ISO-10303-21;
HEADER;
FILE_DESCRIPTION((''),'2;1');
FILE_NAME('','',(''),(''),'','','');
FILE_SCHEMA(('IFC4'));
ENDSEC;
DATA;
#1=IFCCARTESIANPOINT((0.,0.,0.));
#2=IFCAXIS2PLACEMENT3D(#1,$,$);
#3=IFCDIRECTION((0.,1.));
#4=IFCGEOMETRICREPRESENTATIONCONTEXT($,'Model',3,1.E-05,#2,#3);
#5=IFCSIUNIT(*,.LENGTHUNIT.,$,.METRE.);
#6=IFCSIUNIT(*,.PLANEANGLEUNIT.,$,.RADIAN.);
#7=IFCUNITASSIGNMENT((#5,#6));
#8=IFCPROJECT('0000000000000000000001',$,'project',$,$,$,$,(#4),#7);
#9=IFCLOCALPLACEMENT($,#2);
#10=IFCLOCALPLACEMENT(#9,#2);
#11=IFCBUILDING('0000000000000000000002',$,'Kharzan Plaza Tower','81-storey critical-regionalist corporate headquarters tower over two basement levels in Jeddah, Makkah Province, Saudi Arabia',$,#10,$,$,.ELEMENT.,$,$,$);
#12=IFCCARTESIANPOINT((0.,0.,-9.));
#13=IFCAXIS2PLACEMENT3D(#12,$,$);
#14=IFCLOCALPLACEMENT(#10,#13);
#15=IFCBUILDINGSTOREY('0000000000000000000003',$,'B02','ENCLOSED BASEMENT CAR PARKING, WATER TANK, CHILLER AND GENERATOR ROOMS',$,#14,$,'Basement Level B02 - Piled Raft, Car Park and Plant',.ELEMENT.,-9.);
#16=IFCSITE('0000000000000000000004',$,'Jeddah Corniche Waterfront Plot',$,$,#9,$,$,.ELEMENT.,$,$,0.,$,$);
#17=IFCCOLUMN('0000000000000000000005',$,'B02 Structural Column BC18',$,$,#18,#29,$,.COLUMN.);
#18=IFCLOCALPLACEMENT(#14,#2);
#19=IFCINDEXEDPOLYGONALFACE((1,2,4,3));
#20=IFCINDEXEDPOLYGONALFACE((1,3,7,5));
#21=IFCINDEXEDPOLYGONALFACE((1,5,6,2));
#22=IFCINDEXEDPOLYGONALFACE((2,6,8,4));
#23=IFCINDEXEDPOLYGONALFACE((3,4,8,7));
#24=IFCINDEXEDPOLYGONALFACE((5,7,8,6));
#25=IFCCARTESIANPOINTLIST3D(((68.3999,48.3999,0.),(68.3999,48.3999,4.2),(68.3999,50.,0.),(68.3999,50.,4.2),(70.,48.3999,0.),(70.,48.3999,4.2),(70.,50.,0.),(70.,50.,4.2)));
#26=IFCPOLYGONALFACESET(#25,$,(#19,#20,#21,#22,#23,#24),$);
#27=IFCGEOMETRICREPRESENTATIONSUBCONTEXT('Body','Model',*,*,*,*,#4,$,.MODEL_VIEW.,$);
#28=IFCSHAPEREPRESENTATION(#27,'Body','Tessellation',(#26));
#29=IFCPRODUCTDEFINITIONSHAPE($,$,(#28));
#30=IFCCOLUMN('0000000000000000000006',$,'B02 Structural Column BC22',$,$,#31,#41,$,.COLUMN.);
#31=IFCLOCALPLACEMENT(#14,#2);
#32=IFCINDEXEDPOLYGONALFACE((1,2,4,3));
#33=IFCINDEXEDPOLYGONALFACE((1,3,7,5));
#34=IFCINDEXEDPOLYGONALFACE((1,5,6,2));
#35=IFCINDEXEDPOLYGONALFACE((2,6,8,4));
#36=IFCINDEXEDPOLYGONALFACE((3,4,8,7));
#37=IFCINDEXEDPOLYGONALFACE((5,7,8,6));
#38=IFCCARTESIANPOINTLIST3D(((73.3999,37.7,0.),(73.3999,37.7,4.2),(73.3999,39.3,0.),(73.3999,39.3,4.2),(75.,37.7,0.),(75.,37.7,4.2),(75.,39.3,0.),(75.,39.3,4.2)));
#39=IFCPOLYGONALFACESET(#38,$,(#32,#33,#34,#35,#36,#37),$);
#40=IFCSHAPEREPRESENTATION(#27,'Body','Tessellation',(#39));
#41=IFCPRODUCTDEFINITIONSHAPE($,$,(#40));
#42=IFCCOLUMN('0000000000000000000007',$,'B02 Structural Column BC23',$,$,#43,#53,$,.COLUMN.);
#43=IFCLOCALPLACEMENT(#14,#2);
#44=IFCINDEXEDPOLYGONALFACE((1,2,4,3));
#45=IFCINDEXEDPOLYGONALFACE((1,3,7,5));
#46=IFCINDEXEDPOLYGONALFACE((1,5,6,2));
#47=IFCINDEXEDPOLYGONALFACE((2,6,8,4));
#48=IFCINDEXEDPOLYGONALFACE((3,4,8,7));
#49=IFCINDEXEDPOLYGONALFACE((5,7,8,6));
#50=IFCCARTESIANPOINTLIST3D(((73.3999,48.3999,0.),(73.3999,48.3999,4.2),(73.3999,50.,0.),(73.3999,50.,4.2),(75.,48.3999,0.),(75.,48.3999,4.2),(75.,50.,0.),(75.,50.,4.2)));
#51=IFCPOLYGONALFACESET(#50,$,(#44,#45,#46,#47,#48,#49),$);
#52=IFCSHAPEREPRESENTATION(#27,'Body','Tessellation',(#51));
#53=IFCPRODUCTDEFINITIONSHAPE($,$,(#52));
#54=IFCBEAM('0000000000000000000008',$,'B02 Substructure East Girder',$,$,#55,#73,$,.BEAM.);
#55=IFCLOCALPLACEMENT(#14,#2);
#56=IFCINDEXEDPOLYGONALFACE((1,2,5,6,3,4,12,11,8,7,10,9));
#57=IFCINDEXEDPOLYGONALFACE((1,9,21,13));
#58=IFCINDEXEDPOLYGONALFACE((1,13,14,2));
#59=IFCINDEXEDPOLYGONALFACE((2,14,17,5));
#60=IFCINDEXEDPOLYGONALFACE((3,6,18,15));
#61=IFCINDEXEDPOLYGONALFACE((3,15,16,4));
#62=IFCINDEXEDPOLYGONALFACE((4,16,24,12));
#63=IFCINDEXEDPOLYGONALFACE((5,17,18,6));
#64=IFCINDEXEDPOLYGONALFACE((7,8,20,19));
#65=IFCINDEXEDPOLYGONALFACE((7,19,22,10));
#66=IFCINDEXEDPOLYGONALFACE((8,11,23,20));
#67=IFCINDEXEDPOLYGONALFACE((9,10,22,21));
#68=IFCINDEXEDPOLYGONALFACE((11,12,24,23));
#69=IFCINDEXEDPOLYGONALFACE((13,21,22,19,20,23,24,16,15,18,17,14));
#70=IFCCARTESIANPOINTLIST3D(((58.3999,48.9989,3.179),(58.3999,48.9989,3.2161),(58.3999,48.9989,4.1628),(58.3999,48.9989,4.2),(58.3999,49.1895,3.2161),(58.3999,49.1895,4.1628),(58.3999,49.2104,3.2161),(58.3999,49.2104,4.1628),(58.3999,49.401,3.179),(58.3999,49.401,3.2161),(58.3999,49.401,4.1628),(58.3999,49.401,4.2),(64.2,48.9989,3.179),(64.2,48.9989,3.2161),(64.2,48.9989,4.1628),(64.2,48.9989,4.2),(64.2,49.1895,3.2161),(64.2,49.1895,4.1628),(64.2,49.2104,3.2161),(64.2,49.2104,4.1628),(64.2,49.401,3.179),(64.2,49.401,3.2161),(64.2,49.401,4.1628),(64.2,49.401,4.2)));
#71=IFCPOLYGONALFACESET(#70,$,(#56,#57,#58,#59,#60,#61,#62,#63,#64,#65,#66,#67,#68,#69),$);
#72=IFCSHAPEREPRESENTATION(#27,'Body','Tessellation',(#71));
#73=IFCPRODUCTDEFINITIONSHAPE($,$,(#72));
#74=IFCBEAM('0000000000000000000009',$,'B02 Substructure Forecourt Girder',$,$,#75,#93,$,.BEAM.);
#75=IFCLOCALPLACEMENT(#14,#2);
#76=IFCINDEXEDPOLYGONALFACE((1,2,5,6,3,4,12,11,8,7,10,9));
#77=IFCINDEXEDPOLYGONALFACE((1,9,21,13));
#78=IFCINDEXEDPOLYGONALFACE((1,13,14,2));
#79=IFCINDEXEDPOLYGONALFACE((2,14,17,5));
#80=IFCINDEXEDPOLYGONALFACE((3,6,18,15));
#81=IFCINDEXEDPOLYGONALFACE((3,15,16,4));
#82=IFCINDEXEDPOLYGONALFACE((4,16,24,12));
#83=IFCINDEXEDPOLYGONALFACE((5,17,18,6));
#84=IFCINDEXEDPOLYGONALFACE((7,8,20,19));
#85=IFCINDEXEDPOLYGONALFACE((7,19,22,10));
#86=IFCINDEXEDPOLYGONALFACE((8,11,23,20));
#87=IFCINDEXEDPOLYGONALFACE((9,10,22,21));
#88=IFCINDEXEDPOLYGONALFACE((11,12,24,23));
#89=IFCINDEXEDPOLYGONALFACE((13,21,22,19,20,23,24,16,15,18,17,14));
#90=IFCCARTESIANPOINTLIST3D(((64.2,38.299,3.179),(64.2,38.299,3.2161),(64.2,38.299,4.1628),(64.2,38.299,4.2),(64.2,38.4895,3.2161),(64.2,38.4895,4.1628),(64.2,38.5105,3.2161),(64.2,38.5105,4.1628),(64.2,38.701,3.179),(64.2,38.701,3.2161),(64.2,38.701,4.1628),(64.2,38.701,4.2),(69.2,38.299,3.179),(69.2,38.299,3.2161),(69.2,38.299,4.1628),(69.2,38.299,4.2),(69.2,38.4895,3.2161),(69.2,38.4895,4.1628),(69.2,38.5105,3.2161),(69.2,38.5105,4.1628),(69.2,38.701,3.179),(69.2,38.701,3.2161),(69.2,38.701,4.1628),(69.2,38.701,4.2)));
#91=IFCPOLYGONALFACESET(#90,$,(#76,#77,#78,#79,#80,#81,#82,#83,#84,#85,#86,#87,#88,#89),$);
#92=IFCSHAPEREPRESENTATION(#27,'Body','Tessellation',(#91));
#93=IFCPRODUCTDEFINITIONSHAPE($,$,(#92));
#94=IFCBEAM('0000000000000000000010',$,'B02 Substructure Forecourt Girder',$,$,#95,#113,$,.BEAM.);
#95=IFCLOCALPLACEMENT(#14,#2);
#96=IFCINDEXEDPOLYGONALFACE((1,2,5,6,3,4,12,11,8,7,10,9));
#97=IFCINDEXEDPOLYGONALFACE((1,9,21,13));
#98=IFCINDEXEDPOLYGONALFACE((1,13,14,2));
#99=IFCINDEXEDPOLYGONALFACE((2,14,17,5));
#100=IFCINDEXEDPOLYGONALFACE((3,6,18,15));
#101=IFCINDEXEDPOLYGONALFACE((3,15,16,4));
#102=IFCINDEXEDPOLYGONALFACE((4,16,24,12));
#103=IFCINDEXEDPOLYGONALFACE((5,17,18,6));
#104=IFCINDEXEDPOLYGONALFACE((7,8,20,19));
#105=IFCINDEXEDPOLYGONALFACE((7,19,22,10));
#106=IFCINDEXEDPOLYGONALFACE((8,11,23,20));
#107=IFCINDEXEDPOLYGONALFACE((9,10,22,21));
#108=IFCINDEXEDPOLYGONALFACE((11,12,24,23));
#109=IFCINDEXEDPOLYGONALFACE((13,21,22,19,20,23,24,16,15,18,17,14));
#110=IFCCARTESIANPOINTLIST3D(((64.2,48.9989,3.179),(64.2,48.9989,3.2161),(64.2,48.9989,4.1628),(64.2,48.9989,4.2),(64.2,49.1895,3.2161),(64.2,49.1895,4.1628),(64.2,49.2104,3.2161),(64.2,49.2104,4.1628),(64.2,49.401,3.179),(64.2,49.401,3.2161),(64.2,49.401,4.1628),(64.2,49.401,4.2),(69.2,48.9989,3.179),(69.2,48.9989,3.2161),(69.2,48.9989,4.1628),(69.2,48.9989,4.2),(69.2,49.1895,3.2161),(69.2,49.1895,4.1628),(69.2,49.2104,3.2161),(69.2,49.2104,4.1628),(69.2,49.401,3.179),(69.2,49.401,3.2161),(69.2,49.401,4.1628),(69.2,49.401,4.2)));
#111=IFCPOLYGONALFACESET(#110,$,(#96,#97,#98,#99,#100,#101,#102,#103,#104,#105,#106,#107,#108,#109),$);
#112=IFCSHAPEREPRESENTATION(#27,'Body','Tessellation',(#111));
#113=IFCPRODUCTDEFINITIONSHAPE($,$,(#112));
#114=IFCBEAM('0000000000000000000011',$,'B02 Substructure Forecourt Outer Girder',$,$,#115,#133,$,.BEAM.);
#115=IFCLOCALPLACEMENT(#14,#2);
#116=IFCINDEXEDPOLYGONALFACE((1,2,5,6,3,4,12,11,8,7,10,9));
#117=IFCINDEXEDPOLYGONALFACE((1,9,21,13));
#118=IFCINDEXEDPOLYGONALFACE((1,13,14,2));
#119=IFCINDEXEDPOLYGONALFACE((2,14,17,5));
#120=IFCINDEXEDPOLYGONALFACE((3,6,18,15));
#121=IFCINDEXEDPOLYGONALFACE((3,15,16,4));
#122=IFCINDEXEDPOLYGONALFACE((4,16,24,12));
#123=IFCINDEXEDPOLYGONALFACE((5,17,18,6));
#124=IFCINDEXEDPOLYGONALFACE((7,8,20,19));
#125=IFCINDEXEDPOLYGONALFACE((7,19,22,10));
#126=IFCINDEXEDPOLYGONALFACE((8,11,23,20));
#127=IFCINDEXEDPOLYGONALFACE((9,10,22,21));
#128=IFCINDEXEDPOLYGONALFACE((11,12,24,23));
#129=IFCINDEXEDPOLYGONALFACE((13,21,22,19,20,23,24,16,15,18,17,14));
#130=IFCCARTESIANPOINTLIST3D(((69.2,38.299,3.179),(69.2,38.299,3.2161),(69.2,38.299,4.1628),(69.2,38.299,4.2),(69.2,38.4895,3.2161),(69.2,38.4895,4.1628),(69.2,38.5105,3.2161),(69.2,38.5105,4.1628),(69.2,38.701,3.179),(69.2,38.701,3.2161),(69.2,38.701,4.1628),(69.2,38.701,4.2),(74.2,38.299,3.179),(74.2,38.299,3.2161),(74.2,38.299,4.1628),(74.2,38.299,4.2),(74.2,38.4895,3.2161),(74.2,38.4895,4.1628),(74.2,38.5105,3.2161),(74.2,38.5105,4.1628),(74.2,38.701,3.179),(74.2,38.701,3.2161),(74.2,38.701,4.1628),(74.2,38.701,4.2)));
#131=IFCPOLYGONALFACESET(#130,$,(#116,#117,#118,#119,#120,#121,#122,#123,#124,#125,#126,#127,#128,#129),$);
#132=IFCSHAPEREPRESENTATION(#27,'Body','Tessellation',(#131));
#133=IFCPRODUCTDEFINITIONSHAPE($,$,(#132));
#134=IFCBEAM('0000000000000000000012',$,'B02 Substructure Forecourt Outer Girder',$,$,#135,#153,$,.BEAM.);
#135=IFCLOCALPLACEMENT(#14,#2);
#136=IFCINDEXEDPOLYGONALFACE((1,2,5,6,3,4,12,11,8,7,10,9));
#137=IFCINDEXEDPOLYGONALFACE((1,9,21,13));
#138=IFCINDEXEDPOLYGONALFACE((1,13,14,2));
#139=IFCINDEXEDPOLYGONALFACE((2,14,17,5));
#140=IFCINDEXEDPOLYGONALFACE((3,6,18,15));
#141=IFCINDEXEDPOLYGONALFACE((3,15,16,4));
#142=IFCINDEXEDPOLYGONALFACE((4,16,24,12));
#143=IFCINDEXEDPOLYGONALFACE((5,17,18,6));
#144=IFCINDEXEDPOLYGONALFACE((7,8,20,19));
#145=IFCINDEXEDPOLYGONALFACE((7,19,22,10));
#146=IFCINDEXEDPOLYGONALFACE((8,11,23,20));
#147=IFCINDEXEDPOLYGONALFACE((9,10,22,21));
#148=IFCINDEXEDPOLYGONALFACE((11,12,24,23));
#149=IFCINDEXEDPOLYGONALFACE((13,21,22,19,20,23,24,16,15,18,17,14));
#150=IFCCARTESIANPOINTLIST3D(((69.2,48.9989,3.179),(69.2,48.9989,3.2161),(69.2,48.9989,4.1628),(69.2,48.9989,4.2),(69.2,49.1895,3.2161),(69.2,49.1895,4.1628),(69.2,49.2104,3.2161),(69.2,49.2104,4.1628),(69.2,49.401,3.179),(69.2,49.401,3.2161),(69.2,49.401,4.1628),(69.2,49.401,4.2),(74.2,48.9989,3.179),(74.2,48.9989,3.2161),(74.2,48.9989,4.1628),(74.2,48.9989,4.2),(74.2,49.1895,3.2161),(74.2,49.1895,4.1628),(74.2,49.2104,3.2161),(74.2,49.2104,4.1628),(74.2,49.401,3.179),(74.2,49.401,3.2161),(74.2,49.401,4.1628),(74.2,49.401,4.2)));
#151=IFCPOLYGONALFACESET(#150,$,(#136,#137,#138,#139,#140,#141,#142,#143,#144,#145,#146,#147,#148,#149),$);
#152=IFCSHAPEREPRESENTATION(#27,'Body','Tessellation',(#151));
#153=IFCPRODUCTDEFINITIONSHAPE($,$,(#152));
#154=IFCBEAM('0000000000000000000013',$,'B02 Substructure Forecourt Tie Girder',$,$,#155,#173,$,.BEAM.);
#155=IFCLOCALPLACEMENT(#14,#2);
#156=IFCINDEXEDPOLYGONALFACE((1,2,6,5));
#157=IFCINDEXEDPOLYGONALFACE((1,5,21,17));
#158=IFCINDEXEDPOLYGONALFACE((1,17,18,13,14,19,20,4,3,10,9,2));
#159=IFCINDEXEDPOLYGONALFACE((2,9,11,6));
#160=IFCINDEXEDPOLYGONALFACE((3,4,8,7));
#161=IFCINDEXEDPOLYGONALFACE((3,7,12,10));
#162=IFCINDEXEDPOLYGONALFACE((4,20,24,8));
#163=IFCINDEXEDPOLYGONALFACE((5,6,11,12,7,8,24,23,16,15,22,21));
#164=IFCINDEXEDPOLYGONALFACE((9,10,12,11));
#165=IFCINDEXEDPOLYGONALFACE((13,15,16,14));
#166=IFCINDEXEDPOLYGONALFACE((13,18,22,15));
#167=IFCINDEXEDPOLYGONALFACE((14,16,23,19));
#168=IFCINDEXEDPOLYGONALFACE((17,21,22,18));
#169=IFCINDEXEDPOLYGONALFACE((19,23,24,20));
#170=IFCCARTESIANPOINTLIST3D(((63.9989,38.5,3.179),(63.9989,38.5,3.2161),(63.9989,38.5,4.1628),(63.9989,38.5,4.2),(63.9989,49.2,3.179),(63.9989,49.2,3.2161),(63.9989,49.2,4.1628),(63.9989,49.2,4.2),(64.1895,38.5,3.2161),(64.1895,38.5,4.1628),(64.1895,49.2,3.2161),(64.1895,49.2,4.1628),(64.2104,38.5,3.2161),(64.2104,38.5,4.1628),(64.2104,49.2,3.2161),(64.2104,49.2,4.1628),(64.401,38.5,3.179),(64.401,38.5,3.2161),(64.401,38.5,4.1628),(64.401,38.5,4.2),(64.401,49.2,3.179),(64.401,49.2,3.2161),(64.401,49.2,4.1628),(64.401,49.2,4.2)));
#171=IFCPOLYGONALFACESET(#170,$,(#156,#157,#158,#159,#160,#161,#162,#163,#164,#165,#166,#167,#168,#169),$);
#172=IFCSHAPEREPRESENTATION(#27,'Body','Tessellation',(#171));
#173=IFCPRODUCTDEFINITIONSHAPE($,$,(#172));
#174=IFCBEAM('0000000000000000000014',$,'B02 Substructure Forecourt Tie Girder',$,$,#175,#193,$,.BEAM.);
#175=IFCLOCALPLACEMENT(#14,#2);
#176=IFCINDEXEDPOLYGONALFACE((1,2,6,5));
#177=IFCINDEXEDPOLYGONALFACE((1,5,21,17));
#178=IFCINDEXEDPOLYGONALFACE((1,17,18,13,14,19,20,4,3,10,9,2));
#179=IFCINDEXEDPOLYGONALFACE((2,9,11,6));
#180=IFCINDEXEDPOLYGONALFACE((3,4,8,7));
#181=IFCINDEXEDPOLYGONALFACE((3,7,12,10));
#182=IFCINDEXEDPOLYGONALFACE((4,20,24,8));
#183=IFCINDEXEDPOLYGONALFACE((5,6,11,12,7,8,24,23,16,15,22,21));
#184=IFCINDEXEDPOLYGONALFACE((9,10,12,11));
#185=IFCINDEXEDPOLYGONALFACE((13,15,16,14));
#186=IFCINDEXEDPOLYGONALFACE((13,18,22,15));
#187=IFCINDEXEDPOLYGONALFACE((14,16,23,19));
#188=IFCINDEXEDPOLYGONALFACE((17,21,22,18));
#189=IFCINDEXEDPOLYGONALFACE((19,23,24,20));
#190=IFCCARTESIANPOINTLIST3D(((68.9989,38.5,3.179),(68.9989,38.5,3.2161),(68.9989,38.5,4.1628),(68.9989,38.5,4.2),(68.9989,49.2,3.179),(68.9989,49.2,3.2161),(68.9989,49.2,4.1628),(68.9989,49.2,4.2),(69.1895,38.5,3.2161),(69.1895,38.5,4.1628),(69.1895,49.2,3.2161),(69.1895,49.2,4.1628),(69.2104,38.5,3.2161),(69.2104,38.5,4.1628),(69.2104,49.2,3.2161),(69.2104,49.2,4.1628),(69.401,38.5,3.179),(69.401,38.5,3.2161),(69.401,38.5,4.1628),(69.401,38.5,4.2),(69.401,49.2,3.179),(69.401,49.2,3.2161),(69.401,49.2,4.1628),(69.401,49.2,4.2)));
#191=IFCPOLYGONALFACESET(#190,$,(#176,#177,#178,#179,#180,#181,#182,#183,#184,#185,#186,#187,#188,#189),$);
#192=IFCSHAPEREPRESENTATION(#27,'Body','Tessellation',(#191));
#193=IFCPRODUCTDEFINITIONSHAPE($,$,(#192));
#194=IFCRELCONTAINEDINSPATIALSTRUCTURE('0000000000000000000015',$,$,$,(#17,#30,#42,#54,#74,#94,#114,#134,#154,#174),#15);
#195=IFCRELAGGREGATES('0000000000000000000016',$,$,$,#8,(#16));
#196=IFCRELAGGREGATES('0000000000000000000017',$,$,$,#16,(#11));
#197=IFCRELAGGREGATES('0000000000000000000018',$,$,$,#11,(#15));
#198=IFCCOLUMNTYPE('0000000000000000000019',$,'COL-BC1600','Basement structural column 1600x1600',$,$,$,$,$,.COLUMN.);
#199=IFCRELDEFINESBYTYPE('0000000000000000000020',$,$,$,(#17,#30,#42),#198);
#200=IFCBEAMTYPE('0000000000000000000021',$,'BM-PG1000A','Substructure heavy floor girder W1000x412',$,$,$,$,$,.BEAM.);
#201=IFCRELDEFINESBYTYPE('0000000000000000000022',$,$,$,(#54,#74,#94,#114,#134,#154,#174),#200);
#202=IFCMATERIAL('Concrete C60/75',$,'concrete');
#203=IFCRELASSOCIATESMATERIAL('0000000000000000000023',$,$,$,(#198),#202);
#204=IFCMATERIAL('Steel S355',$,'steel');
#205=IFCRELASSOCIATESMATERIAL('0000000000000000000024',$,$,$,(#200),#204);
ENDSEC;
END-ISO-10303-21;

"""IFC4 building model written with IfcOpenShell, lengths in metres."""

from ifc_helpers import new_model, si_unit, direction, frame, origin, origin_2d, place, context, subcontext, project, spatial, rectangle, i_section, extrude, source, transform, mapped, material, material_profile, profile_set, type_object, element, save


model = new_model("IFC4")

# Units and contexts
model_context = context("Model", 3, precision=1e-05, world=origin(), true_north=direction((0.0, 1.0)))
body_context = subcontext(model_context, "Body", "Model", "MODEL_VIEW")
ifc_project = project(units=[si_unit("LENGTHUNIT", "METRE"), si_unit("PLANEANGLEUNIT", "RADIAN")], contexts=[model_context])

# Site, building, storey
site_placement = place(None, origin())
site = spatial("IfcSite", under=ifc_project, at=site_placement, Name="Jeddah Corniche Waterfront Plot", CompositionType="ELEMENT", RefElevation=0.0)
building_placement = place(site_placement, origin())
building = spatial("IfcBuilding", under=site, at=building_placement, Name="Kharzan Plaza Tower", Description="81-storey critical-regionalist corporate headquarters tower over two basement levels in Jeddah, Makkah Province, Saudi Arabia", CompositionType="ELEMENT")
storey_placement = place(building_placement, frame((0.0, 0.0, -9.0)))
storey = spatial("IfcBuildingStorey", under=building, at=storey_placement, Name="B02", Description="ENCLOSED BASEMENT CAR PARKING, WATER TANK, CHILLER AND GENERATOR ROOMS", LongName="Basement Level B02 - Piled Raft, Car Park and Plant", CompositionType="ELEMENT", Elevation=-9.0)

# Columns
ifc_material_1 = material(Name="Concrete C60/75", Category="concrete")
ifc_material_profile_1 = material_profile(ifc_material_1, rectangle(XDim=1.6001, YDim=1.6001, at=origin_2d()), Name="RC-MC1600x1600")
ifc_profile_set_1 = profile_set([ifc_material_profile_1], Name="Concrete C60/75")
column_type = type_object("IfcColumnType", Name="COL-BC1600", Description="Basement structural column 1600x1600", PredefinedType="COLUMN", material=ifc_profile_set_1)
shared_shape_1 = source(origin(), body_context, "Body", "SweptSolid", [
    extrude(rectangle(XDim=1.6001, YDim=1.6001, at=origin_2d()), origin(), (0.0, 0.0, 1.0), 4.2),
])
for number, where, z_axis, x_axis, name in (
    (1, (69.2, 49.2, 0.0), (0.0, 0.0, 1.0), (1.0, 0.0, 0.0), "B02 Structural Column BC18"),
    (2, (74.2, 38.5, 0.0), (0.0, 0.0, 1.0), (1.0, 0.0, 0.0), "B02 Structural Column BC22"),
    (3, (74.2, 49.2, 0.0), (0.0, 0.0, 1.0), (1.0, 0.0, 0.0), "B02 Structural Column BC23"),
):
    element("IfcColumn", number, at=place(storey_placement, frame(where, z_axis=z_axis, x_axis=x_axis)), inside=storey, type_object=column_type, Name=name, PredefinedType="COLUMN", context=body_context, shape_type="MappedRepresentation", body=[
        mapped(shared_shape_1, transform((0.0, 0.0, 0.0), x_axis=(1.0, 0.0, 0.0), y_axis=(0.0, 1.0, 0.0), z_axis=(0.0, 0.0, 1.0))),
    ])

# Beams
ifc_material_2 = material(Name="Steel S355", Category="steel")
ifc_material_profile_2 = material_profile(ifc_material_2, i_section(OverallWidth=0.4021, OverallDepth=1.021, WebThickness=0.021, FlangeThickness=0.0371, at=origin_2d()), Name="W1000x412")
ifc_profile_set_2 = profile_set([ifc_material_profile_2], Name="Steel S355")
beam_type = type_object("IfcBeamType", Name="BM-PG1000A", Description="Substructure heavy floor girder W1000x412", PredefinedType="BEAM", material=ifc_profile_set_2)
shared_shape_2 = source(origin(), body_context, "Body", "SweptSolid", [
    extrude(i_section(OverallWidth=0.4021, OverallDepth=1.021, WebThickness=0.021, FlangeThickness=0.0371, at=origin_2d()), origin(), (0.0, 0.0, 1.0), 5.8),
])
beam_placement = place(storey_placement, frame((58.3999, 49.2, 3.6895), z_axis=(1.0, 0.0, 0.0), x_axis=(0.0, 1.0, 0.0)))
element("IfcBeam", 4, at=beam_placement, inside=storey, type_object=beam_type, Name="B02 Substructure East Girder", PredefinedType="BEAM", context=body_context, shape_type="MappedRepresentation", body=[
    mapped(shared_shape_2, transform((0.0, 0.0, 0.0), x_axis=(1.0, 0.0, 0.0), y_axis=(0.0, 1.0, 0.0), z_axis=(0.0, 0.0, 1.0))),
])
shared_shape_3 = source(origin(), body_context, "Body", "SweptSolid", [
    extrude(i_section(OverallWidth=0.4021, OverallDepth=1.021, WebThickness=0.021, FlangeThickness=0.0371, at=origin_2d()), origin(), (0.0, 0.0, 1.0), 5.0),
])
for number, where, z_axis, x_axis, name in (
    (5, (64.2, 38.5, 3.6895), (1.0, 0.0, 0.0), (0.0, 1.0, 0.0), "B02 Substructure Forecourt Girder"),
    (6, (64.2, 49.2, 3.6895), (1.0, 0.0, 0.0), (0.0, 1.0, 0.0), "B02 Substructure Forecourt Girder"),
    (7, (69.2, 38.5, 3.6895), (1.0, 0.0, 0.0), (0.0, 1.0, 0.0), "B02 Substructure Forecourt Outer Girder"),
    (8, (69.2, 49.2, 3.6895), (1.0, 0.0, 0.0), (0.0, 1.0, 0.0), "B02 Substructure Forecourt Outer Girder"),
):
    element("IfcBeam", number, at=place(storey_placement, frame(where, z_axis=z_axis, x_axis=x_axis)), inside=storey, type_object=beam_type, Name=name, PredefinedType="BEAM", context=body_context, shape_type="MappedRepresentation", body=[
        mapped(shared_shape_3, transform((0.0, 0.0, 0.0), x_axis=(1.0, 0.0, 0.0), y_axis=(0.0, 1.0, 0.0), z_axis=(0.0, 0.0, 1.0))),
    ])
shared_shape_4 = source(origin(), body_context, "Body", "SweptSolid", [
    extrude(i_section(OverallWidth=0.4021, OverallDepth=1.021, WebThickness=0.021, FlangeThickness=0.0371, at=origin_2d()), origin(), (0.0, 0.0, 1.0), 10.7),
])
for number, where, z_axis, x_axis, name in (
    (9, (64.2, 38.5, 3.6895), (0.0, 1.0, 0.0), (-1.0, 0.0, 0.0), "B02 Substructure Forecourt Tie Girder"),
    (10, (69.2, 38.5, 3.6895), (0.0, 1.0, 0.0), (-1.0, 0.0, 0.0), "B02 Substructure Forecourt Tie Girder"),
):
    element("IfcBeam", number, at=place(storey_placement, frame(where, z_axis=z_axis, x_axis=x_axis)), inside=storey, type_object=beam_type, Name=name, PredefinedType="BEAM", context=body_context, shape_type="MappedRepresentation", body=[
        mapped(shared_shape_4, transform((0.0, 0.0, 0.0), x_axis=(1.0, 0.0, 0.0), y_axis=(0.0, 1.0, 0.0), z_axis=(0.0, 0.0, 1.0))),
    ])

save(model, "model.ifc")
